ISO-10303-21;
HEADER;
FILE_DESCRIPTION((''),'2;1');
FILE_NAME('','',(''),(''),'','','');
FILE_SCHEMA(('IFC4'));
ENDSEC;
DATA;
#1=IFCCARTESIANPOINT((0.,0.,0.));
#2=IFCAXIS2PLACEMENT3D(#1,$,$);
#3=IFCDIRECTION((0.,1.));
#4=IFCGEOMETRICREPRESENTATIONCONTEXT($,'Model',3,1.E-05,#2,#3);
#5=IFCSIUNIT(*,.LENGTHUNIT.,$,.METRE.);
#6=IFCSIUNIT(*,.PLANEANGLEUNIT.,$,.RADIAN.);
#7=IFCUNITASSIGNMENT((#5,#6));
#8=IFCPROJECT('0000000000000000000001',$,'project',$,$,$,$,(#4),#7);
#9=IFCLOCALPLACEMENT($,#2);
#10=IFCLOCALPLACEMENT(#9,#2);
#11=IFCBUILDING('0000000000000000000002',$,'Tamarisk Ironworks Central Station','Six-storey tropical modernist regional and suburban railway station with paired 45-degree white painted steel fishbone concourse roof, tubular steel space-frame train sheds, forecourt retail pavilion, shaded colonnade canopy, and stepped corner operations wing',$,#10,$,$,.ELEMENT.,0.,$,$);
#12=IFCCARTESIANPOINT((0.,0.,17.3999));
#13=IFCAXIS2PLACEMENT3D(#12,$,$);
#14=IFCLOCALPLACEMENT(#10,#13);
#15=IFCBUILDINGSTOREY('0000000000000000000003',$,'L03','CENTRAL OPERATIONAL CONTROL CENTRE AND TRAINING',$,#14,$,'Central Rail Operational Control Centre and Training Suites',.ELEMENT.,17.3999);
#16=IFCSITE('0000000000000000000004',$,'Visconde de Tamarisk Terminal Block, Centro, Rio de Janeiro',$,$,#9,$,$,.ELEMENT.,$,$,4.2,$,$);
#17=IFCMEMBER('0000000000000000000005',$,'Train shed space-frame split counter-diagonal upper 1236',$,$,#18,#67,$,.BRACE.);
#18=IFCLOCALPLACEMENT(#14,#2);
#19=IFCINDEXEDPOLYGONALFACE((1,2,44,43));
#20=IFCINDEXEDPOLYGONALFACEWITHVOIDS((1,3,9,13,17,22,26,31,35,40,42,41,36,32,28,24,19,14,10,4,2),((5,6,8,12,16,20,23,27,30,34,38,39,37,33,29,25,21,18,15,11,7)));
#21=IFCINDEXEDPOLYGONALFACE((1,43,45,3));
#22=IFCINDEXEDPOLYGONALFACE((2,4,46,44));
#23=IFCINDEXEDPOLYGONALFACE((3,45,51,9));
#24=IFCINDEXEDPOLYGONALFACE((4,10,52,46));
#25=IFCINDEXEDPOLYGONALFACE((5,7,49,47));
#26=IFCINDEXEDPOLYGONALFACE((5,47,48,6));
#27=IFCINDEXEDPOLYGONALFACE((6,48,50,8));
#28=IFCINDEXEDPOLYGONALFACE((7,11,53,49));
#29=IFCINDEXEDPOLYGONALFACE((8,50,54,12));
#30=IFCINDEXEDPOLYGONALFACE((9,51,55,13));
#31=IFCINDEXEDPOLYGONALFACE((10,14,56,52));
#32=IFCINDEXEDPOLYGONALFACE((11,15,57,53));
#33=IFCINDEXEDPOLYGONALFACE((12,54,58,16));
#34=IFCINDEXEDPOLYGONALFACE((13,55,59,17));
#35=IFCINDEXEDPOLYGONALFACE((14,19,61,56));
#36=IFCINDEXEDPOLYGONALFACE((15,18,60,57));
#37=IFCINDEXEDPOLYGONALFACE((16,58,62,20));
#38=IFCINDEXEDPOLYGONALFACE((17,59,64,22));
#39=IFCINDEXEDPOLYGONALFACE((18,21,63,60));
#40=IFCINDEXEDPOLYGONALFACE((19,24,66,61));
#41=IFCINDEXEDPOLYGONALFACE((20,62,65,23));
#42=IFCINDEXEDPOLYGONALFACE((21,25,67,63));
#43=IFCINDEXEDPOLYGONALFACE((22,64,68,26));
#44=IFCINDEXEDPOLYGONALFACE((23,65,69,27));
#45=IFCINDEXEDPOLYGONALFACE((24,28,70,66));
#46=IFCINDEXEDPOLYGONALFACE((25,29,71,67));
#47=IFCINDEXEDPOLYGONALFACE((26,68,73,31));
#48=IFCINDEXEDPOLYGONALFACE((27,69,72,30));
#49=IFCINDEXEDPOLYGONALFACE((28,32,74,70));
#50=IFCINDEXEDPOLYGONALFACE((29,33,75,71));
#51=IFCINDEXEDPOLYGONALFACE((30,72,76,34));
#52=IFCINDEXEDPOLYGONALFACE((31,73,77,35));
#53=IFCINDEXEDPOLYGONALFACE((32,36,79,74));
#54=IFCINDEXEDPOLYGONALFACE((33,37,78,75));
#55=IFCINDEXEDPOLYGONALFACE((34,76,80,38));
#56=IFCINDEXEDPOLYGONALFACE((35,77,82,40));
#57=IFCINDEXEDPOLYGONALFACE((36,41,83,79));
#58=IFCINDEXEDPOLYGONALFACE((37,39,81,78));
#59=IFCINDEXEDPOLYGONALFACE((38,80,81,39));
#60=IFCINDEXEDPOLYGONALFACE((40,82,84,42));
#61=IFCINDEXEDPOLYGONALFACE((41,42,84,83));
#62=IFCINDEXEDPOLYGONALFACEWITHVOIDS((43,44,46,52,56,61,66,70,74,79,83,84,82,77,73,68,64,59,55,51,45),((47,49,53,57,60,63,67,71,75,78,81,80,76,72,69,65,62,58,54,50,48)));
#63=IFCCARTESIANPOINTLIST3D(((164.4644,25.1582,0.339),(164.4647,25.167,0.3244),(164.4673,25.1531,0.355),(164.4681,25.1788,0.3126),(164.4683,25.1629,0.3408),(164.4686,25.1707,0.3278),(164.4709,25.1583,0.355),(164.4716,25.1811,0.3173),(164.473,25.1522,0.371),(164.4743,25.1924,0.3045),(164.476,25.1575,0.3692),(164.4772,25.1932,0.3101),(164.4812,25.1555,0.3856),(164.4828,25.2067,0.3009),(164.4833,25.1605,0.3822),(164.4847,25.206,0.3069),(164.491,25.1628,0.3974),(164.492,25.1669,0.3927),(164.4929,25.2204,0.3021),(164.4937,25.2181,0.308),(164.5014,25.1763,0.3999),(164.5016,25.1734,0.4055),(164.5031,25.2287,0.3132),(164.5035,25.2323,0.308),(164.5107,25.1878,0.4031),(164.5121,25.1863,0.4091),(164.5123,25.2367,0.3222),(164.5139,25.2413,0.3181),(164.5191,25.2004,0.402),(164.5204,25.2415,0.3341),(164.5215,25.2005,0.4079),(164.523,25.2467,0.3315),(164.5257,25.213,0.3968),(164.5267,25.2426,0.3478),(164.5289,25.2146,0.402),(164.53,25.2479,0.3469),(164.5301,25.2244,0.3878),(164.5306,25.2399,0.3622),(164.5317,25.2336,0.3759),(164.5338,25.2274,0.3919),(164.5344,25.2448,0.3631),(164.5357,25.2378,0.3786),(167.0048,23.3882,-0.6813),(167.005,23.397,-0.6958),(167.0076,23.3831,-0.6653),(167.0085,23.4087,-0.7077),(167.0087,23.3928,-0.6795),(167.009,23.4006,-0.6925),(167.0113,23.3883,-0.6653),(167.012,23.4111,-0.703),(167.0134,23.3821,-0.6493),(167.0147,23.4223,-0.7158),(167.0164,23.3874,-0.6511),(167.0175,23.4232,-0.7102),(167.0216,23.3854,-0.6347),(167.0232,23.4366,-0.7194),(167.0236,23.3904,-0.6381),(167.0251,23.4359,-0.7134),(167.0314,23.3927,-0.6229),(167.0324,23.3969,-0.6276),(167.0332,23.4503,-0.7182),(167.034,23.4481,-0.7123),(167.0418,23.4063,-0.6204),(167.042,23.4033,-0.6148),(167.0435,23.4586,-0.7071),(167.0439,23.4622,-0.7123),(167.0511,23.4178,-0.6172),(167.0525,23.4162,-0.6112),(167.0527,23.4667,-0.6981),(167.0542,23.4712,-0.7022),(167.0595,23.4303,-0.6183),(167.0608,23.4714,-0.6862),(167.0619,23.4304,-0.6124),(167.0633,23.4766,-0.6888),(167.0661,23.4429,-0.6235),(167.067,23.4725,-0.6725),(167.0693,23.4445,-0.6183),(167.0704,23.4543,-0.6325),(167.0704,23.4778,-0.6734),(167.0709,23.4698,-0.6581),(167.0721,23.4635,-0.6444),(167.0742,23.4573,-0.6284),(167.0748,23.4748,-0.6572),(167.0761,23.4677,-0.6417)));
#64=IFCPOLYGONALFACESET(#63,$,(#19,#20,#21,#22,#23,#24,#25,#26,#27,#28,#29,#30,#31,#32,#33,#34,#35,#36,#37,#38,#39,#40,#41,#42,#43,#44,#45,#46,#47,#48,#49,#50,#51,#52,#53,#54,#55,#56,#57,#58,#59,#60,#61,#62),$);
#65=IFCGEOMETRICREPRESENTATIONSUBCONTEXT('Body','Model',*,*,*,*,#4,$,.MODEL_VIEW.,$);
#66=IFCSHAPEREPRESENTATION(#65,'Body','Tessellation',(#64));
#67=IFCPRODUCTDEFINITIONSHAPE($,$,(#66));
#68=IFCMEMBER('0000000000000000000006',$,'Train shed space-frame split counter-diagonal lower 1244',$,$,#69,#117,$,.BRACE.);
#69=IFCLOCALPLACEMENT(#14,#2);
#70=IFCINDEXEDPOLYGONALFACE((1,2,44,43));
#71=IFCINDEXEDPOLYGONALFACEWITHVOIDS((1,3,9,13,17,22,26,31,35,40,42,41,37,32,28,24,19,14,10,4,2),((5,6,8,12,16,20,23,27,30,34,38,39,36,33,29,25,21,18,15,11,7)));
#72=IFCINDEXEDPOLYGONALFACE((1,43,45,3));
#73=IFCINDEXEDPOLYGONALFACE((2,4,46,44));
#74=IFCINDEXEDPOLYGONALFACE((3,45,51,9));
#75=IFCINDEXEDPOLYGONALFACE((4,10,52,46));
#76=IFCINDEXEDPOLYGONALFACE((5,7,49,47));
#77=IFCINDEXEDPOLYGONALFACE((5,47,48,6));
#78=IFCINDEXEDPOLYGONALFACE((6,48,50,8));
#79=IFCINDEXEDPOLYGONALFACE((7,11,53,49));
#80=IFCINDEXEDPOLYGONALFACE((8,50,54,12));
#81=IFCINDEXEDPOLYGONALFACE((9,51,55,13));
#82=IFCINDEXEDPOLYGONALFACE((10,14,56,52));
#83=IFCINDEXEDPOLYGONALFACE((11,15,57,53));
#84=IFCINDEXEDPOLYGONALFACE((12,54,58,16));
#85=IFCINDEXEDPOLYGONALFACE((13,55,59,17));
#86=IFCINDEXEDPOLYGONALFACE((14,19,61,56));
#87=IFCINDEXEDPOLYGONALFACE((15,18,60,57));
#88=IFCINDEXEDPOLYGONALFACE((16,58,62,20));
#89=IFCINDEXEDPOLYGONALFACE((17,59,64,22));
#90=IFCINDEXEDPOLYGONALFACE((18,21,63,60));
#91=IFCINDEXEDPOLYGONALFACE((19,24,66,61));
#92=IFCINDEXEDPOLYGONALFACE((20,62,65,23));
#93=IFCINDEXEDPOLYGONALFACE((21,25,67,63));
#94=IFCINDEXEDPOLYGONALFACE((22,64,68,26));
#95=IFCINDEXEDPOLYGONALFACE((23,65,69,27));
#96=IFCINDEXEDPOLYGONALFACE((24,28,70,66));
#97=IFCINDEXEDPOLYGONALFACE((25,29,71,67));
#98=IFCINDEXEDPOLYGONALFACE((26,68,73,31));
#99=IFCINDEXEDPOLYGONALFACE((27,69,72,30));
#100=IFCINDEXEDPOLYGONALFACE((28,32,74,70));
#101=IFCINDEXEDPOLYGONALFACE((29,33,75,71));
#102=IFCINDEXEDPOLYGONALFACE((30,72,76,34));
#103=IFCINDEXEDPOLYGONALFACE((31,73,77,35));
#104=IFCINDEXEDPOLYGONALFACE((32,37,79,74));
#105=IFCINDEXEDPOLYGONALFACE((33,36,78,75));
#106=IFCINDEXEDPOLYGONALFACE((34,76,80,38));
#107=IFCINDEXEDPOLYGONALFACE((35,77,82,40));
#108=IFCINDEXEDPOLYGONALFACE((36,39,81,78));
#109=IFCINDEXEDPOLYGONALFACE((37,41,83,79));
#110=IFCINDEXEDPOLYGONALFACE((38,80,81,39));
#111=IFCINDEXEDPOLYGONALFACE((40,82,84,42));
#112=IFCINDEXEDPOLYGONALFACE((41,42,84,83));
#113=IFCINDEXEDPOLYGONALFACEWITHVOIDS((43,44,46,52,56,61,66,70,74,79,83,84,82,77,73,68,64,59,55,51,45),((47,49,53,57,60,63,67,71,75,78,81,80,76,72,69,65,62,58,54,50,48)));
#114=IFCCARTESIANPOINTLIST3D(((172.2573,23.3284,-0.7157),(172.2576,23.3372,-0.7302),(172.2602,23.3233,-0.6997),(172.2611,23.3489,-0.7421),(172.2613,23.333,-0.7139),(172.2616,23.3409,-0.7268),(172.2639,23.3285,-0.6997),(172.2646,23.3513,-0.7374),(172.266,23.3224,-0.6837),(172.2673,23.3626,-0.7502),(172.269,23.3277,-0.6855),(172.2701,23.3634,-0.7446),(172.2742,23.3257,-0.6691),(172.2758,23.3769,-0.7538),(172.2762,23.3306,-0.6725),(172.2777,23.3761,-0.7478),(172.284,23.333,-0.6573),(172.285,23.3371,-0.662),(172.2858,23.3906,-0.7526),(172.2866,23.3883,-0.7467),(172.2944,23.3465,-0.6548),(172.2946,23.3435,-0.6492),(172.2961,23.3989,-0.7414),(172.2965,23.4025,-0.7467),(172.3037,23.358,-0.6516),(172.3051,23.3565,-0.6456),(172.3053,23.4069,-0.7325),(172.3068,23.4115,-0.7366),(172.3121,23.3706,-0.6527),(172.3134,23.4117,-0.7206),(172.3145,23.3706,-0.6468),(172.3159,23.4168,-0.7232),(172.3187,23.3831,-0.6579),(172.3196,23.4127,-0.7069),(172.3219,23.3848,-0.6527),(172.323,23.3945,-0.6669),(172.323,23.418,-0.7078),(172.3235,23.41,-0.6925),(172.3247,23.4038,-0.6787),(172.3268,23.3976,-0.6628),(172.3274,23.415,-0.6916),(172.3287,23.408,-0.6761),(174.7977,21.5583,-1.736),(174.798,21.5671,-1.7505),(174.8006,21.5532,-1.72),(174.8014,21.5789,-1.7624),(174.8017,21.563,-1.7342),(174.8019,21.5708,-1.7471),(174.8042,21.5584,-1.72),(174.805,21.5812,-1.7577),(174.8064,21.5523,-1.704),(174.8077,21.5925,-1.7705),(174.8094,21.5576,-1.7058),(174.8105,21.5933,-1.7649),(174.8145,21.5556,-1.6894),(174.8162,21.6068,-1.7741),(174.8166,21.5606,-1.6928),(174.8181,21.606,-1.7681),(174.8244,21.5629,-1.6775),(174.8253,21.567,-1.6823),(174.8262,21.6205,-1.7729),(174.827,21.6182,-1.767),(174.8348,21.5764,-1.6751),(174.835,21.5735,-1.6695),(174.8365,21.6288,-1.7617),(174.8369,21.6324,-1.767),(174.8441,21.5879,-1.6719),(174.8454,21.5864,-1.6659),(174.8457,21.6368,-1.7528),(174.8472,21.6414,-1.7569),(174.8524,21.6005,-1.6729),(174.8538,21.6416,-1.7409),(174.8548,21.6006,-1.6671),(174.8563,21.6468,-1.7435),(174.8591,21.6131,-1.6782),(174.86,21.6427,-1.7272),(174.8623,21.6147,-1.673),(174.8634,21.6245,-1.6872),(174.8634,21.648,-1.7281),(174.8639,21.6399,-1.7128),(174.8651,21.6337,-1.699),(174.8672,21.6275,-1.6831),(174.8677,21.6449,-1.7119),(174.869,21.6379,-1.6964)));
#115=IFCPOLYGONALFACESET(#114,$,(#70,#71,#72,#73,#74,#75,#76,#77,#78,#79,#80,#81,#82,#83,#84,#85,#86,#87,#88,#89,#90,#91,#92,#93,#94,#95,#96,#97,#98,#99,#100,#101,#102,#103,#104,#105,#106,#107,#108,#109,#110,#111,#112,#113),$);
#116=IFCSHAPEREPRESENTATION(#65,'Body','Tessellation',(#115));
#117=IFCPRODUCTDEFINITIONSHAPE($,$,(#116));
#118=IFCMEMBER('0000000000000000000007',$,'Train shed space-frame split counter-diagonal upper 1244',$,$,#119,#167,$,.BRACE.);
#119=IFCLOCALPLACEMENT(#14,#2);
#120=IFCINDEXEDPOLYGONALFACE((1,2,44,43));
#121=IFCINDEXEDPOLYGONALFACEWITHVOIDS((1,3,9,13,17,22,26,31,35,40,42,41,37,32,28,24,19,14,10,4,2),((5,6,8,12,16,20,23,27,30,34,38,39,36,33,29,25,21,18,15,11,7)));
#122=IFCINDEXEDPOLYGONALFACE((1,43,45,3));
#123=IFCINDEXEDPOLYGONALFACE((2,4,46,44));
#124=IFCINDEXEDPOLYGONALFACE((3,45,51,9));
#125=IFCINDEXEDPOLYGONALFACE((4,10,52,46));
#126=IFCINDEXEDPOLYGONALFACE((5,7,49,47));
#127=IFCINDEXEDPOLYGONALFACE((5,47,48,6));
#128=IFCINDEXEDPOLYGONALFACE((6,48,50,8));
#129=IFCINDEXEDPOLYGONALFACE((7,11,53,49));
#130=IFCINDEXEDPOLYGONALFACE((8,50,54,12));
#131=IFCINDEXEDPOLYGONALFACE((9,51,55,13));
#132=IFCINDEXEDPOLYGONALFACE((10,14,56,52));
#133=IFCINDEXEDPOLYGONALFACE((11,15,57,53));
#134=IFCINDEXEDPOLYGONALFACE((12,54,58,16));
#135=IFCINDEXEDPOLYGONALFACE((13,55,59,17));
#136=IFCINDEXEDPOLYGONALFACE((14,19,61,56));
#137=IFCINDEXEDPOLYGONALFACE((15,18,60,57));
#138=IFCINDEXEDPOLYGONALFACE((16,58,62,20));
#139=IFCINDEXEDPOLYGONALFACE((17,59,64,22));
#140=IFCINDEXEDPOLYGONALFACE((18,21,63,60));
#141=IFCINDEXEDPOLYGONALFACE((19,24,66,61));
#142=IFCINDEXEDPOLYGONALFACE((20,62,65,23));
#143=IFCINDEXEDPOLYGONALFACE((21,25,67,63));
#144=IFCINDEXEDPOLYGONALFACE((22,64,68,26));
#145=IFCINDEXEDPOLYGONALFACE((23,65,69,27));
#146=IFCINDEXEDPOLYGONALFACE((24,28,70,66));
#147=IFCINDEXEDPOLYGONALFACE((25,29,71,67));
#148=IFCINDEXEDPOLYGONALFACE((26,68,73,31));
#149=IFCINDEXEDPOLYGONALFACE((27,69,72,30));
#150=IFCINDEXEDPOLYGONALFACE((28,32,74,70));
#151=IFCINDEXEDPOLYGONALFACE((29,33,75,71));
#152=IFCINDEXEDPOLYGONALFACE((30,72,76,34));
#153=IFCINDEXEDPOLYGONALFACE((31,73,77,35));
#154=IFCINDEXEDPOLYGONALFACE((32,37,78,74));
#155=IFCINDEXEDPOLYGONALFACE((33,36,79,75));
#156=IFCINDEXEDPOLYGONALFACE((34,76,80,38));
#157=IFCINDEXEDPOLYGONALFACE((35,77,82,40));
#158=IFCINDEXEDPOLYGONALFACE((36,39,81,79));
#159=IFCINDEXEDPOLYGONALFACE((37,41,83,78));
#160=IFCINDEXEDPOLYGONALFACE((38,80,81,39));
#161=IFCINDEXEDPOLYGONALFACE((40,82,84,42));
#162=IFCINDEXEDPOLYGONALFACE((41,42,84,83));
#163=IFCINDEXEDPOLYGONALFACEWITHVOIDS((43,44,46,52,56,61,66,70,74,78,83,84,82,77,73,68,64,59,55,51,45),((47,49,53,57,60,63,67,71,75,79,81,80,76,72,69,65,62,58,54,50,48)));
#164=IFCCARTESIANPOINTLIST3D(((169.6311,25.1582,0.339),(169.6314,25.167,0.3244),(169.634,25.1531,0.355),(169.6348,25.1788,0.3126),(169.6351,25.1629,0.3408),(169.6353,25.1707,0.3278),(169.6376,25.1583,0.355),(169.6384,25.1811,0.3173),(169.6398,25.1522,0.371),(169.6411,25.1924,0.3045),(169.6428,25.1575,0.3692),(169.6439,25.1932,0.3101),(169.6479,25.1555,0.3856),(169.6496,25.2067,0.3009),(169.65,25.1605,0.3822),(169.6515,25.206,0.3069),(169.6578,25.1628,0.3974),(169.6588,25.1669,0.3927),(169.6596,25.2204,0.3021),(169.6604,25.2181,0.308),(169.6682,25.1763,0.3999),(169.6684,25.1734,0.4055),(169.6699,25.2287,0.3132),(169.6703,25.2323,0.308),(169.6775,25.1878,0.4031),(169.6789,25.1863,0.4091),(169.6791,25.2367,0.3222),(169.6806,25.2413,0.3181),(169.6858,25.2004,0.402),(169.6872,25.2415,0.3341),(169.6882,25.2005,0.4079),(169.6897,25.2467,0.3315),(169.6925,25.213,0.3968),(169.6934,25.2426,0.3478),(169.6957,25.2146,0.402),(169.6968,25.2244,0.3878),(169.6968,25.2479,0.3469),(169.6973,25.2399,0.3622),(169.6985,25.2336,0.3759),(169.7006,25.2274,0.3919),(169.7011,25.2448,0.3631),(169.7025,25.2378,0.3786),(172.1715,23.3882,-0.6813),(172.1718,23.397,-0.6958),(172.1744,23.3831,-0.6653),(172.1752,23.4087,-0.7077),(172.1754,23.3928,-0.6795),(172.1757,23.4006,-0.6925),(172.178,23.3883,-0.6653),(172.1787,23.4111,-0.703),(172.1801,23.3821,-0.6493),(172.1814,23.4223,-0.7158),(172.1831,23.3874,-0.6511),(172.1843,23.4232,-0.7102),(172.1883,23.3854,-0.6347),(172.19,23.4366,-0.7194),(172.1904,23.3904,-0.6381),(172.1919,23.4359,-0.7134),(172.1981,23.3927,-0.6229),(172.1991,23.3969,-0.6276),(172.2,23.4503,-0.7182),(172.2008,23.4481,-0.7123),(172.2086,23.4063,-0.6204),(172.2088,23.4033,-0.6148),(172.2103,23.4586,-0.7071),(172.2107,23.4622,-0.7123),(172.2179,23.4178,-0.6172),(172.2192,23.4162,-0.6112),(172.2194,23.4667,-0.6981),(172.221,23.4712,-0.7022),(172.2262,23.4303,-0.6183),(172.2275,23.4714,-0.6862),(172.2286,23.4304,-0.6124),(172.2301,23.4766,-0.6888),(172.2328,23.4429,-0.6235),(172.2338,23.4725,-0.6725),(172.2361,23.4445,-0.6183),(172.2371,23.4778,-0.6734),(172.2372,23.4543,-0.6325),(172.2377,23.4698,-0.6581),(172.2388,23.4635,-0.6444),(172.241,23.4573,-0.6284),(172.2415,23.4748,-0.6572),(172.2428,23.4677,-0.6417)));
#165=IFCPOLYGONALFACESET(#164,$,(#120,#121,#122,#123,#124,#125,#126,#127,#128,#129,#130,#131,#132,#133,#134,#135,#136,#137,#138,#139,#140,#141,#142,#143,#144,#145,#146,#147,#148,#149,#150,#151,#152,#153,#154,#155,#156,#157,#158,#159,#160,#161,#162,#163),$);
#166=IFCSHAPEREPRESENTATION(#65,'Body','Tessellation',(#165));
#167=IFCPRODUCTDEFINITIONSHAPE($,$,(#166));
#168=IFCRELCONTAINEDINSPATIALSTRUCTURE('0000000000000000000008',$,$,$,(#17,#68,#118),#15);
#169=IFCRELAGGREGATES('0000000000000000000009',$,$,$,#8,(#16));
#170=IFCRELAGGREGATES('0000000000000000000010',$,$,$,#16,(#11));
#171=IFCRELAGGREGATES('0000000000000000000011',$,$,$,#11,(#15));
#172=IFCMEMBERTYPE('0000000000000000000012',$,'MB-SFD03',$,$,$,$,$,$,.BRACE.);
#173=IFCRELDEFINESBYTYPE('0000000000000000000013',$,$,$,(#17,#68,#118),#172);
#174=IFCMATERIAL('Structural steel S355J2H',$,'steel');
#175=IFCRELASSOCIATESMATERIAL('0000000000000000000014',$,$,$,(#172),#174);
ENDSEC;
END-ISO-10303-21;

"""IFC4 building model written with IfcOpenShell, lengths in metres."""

from ifc_helpers import new_model, si_unit, direction, frame, origin, origin_2d, place, context, subcontext, project, spatial, hollow_circle, extrude, material, material_profile, profile_set, type_object, element, save


model = new_model("IFC4")

# Units and contexts
model_context = context("Model", 3, precision=1e-05, world=origin(), true_north=direction((0.0, 1.0)))
body_context = subcontext(model_context, "Body", "Model", "MODEL_VIEW")
ifc_project = project(units=[si_unit("LENGTHUNIT", "METRE"), si_unit("PLANEANGLEUNIT", "RADIAN")], contexts=[model_context])

# Site, building, storey
site_placement = place(None, origin())
site = spatial("IfcSite", under=ifc_project, at=site_placement, Name="Visconde de Tamarisk Terminal Block, Centro, Rio de Janeiro", CompositionType="ELEMENT", RefElevation=4.2)
building_placement = place(site_placement, origin())
building = spatial("IfcBuilding", under=site, at=building_placement, Name="Tamarisk Ironworks Central Station", Description="Six-storey tropical modernist regional and suburban railway station with paired 45-degree white painted steel fishbone concourse roof, tubular steel space-frame train sheds, forecourt retail pavilion, shaded colonnade canopy, and stepped corner operations wing", CompositionType="ELEMENT", ElevationOfRefHeight=0.0)
storey_placement = place(building_placement, frame((0.0, 0.0, 17.3999)))
storey = spatial("IfcBuildingStorey", under=building, at=storey_placement, Name="L03", Description="CENTRAL OPERATIONAL CONTROL CENTRE AND TRAINING", LongName="Central Rail Operational Control Centre and Training Suites", CompositionType="ELEMENT", Elevation=17.3999)

# Members
ifc_material_1 = material(Name="Structural steel S355J2H", Category="steel")
ifc_material_profile_1 = material_profile(ifc_material_1, hollow_circle(Radius=0.0571, WallThickness=0.0063, at=origin_2d()), Name="CHS 114.3x6.3")
ifc_profile_set_1 = profile_set([ifc_material_profile_1], Name="Structural steel S355J2H")
member_type_1 = type_object("IfcMemberType", Name="MB-SFD03", PredefinedType="BRACE", material=ifc_profile_set_1)
for number, where, z_axis, x_axis, name in (
    (1, (167.0403, 23.4299, -0.6653), (-0.779252, 0.542967, 0.312974), (-0.571688, -0.820471, 0.0), "Train shed space-frame split counter-diagonal upper 1236"),
    (2, (174.8333, 21.6001, -1.72), (-0.779252, 0.542967, 0.312974), (-0.571688, -0.820471, 0.0), "Train shed space-frame split counter-diagonal lower 1244"),
    (3, (172.207, 23.4299, -0.6653), (-0.779252, 0.542967, 0.312974), (-0.571688, -0.820471, 0.0), "Train shed space-frame split counter-diagonal upper 1244"),
):
    element("IfcMember", number, at=place(storey_placement, frame(where, z_axis=z_axis, x_axis=x_axis)), inside=storey, type_object=member_type_1, Name=name, PredefinedType="BRACE", context=body_context, shape_type="SweptSolid", body=[
        extrude(hollow_circle(Radius=0.0571, WallThickness=0.0063, at=origin_2d()), origin(), (0.0, 0.0, 1.0), 3.26),
    ])

save(model, "model.ifc")
